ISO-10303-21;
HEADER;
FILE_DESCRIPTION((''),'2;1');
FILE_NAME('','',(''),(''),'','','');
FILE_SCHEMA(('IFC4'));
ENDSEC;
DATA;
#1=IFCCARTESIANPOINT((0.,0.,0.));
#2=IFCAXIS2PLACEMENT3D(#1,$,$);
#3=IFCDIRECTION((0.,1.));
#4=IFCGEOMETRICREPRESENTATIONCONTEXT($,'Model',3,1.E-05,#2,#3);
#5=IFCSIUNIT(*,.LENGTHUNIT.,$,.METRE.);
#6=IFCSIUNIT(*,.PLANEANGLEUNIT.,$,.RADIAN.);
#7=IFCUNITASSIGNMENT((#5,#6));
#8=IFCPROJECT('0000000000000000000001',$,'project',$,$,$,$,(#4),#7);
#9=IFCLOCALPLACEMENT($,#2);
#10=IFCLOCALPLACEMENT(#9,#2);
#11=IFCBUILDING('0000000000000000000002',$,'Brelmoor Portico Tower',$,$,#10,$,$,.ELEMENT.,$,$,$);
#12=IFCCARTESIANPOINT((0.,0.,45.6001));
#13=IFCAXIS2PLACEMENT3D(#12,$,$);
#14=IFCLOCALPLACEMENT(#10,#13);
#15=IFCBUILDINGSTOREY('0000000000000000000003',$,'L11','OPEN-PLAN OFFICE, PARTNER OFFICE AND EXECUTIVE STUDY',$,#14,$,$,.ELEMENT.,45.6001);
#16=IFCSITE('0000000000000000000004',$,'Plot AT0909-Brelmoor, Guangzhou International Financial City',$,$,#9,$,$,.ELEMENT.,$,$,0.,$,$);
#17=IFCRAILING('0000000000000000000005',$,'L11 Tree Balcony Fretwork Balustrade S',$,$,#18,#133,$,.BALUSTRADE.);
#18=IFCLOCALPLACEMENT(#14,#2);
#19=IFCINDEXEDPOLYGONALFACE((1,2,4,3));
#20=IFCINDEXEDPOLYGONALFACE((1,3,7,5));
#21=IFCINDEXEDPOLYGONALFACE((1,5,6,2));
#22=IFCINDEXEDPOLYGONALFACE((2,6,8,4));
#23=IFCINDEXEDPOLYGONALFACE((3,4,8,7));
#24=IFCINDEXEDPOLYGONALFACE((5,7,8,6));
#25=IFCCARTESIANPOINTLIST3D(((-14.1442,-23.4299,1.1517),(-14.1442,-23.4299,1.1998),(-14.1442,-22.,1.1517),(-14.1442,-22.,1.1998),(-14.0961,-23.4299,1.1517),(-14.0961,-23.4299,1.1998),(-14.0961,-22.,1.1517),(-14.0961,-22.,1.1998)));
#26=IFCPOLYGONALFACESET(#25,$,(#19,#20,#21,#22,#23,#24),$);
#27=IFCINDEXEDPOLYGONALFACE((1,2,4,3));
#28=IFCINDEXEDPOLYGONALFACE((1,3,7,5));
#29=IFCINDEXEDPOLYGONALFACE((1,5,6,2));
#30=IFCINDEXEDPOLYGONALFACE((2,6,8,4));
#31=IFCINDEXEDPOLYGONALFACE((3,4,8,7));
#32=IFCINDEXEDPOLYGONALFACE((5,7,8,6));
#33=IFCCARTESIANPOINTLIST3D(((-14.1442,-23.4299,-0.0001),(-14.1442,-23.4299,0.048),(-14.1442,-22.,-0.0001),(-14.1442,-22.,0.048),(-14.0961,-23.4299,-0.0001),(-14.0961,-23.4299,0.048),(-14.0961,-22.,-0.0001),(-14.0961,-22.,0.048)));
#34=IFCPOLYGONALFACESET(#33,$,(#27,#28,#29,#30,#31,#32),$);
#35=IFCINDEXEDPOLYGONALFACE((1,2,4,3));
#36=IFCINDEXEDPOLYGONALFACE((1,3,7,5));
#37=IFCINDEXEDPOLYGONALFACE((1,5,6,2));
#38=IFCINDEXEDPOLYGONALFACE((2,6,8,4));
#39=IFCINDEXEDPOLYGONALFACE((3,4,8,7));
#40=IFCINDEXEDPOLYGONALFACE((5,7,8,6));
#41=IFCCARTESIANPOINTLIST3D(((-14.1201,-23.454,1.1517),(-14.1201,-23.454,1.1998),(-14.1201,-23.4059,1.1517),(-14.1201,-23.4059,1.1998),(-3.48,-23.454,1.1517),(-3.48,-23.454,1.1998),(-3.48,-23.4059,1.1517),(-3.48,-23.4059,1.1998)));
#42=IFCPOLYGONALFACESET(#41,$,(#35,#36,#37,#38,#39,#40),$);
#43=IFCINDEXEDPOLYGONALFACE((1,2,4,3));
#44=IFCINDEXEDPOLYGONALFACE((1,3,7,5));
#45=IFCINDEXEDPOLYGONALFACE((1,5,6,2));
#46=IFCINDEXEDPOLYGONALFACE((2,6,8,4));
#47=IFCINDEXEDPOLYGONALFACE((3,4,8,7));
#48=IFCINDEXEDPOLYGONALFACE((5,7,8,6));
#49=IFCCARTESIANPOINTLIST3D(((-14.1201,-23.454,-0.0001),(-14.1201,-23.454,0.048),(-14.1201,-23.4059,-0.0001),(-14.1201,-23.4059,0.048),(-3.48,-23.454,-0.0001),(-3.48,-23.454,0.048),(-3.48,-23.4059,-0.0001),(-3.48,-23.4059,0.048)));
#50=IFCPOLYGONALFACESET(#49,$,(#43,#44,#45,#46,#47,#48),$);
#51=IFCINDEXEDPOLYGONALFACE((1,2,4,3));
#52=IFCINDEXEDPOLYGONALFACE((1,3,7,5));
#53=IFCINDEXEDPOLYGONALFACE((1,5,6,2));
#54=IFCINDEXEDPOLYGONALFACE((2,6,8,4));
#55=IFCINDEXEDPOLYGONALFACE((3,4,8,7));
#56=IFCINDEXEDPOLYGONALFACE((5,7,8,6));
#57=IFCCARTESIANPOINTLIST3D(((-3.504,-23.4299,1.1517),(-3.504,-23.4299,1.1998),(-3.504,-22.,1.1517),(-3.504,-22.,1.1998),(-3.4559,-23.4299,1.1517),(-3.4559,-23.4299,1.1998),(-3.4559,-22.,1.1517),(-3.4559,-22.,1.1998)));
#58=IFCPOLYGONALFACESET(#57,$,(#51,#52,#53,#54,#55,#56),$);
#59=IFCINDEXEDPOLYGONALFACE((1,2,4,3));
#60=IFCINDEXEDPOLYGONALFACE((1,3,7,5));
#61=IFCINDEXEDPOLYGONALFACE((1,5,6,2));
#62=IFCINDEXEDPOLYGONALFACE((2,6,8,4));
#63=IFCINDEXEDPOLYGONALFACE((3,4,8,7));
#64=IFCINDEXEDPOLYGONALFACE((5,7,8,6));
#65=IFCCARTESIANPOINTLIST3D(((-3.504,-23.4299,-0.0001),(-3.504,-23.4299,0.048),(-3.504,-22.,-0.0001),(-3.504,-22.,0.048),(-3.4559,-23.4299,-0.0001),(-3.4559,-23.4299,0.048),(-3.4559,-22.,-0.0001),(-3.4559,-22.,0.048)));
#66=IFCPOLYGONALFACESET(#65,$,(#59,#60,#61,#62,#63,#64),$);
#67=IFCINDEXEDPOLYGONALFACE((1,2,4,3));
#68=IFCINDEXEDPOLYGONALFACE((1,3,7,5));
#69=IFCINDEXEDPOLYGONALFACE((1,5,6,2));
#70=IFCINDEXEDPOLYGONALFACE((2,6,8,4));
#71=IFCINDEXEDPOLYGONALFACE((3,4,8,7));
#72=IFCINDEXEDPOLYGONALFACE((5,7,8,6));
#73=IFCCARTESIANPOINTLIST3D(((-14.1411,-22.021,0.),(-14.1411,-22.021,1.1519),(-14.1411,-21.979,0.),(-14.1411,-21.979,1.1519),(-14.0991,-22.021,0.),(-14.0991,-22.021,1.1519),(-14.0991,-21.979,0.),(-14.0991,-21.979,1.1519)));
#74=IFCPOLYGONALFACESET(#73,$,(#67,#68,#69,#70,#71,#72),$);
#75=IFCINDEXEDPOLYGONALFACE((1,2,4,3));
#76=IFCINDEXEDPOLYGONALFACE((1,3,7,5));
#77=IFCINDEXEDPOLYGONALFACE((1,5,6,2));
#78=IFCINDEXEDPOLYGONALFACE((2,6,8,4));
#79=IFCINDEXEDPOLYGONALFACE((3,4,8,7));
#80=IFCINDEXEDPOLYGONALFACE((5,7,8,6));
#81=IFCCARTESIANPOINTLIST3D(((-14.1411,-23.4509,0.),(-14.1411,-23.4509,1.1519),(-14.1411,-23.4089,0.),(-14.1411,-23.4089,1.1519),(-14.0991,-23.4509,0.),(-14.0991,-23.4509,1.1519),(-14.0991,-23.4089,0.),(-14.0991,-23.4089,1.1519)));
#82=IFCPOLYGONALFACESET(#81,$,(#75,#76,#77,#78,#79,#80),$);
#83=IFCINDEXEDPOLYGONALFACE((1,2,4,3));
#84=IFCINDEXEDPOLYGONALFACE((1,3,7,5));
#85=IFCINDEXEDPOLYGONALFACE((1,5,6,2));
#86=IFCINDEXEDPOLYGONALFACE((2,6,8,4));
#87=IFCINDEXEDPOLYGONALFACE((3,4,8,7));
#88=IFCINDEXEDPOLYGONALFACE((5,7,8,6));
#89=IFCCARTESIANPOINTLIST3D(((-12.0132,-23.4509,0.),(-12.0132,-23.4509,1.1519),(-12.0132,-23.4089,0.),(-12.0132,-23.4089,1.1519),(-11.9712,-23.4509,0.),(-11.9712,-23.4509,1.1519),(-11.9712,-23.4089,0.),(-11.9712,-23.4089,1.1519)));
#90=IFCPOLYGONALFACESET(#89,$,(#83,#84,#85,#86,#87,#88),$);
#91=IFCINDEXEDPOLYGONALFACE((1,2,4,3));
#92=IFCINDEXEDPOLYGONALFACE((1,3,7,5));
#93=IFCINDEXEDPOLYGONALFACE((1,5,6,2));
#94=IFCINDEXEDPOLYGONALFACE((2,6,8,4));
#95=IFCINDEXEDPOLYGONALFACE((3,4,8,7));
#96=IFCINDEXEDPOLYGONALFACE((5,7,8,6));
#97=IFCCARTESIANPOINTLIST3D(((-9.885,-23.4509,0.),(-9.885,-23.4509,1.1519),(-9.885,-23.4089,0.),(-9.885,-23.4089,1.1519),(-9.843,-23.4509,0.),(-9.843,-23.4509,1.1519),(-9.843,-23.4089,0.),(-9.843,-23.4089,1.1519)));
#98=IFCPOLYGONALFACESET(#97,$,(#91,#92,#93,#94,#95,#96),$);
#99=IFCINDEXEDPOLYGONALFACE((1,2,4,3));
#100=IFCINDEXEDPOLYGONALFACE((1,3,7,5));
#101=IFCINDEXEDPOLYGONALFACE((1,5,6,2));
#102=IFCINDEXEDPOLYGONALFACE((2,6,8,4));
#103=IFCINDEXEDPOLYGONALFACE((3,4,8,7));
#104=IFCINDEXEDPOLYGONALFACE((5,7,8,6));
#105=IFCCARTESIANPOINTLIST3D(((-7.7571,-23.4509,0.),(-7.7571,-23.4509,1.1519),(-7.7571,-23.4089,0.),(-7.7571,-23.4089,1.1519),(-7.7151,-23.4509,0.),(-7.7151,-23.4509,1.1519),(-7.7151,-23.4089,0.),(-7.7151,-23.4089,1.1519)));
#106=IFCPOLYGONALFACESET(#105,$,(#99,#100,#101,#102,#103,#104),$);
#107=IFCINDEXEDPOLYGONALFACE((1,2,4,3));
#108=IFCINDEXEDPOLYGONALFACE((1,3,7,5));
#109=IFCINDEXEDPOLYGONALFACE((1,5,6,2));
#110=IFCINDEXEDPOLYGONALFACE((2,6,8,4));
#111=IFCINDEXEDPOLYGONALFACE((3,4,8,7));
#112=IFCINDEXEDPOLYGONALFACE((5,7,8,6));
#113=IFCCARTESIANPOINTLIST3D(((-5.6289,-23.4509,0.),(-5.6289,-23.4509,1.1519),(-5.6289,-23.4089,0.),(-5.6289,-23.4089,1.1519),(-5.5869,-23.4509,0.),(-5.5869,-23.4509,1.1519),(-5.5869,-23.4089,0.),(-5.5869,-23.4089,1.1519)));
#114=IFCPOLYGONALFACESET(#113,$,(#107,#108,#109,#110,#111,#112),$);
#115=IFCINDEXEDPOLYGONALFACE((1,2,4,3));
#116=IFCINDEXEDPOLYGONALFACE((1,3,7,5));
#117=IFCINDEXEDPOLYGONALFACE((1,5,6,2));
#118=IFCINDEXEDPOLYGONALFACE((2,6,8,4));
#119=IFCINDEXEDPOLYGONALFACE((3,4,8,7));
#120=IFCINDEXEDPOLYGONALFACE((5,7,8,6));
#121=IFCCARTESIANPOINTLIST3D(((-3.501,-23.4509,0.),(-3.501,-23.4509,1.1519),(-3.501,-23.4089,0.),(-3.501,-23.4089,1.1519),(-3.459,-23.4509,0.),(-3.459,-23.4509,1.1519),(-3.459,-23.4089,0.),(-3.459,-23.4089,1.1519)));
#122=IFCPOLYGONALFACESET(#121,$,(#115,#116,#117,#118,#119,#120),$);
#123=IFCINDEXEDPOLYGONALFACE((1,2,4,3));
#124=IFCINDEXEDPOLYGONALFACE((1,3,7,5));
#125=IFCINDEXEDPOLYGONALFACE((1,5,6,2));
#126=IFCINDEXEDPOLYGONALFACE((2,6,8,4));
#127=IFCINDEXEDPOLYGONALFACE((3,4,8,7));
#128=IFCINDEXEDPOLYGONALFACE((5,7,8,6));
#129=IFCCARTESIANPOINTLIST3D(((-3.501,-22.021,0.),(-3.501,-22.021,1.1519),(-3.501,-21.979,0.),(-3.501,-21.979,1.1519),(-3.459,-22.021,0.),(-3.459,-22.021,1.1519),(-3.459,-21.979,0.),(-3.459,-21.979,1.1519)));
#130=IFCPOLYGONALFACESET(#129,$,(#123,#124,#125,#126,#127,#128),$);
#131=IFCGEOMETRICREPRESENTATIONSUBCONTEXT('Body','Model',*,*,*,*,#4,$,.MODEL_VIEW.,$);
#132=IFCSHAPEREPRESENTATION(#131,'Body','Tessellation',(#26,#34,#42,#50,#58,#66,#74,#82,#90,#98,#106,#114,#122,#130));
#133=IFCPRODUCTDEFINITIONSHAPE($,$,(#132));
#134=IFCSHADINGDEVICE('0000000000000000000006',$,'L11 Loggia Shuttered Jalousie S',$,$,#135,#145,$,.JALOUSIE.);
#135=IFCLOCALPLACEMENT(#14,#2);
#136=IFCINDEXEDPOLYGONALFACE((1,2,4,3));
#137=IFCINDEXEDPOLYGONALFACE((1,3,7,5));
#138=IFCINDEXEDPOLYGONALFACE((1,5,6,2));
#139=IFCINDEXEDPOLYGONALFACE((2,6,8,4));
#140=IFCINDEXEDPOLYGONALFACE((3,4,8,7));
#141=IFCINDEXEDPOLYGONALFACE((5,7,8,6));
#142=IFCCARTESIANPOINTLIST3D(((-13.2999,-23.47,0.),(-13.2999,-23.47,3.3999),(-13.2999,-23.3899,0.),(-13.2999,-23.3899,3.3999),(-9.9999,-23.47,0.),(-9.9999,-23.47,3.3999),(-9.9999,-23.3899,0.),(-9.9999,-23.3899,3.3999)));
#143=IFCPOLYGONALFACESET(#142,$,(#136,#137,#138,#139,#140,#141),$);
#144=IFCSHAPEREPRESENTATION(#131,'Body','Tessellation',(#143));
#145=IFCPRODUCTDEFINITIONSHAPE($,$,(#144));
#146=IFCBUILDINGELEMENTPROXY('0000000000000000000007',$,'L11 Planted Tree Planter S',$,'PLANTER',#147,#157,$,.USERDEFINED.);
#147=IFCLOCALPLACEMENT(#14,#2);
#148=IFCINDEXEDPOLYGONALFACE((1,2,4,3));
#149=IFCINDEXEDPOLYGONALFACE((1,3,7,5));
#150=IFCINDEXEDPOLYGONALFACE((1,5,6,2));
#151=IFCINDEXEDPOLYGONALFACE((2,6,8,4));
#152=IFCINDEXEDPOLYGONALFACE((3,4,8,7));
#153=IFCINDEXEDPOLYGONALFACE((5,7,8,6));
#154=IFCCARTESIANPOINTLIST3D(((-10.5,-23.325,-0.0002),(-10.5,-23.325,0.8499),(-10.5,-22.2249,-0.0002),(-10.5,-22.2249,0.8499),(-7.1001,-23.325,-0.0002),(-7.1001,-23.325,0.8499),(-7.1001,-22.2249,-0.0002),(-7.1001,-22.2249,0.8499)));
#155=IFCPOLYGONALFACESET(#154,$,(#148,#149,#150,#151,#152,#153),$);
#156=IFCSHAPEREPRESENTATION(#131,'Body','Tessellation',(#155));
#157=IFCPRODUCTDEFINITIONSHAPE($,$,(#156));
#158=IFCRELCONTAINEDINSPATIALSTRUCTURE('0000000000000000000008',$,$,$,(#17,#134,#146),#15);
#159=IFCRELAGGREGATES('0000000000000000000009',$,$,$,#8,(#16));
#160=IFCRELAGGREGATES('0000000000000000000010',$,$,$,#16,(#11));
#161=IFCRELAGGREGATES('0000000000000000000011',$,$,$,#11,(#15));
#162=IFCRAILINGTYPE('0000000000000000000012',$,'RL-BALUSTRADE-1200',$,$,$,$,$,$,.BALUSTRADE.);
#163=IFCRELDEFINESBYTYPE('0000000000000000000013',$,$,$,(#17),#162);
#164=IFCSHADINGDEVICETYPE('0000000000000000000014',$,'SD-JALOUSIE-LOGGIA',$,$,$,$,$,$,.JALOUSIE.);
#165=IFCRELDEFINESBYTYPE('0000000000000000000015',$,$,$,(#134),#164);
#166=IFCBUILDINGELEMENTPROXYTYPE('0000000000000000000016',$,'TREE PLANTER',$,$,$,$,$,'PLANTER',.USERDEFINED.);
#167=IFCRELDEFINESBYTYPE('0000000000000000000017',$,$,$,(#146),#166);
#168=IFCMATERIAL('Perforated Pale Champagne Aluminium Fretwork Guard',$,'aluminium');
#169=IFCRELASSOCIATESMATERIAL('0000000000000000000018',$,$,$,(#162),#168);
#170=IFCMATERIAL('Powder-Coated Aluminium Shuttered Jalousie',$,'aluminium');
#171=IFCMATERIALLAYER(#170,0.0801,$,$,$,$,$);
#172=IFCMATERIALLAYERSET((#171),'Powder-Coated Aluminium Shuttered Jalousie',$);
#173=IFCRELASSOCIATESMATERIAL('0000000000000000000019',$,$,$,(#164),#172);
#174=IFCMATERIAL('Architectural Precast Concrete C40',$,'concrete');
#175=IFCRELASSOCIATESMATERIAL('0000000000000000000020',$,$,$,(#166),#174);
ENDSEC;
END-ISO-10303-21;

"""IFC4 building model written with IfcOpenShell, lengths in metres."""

from ifc_helpers import new_model, si_unit, direction, frame, origin, origin_2d, place, context, subcontext, project, spatial, rectangle, extrude, material, layer, layer_set, type_object, element, save


model = new_model("IFC4")

# Units and contexts
model_context = context("Model", 3, precision=1e-05, world=origin(), true_north=direction((0.0, 1.0)))
body_context = subcontext(model_context, "Body", "Model", "MODEL_VIEW")
ifc_project = project(units=[si_unit("LENGTHUNIT", "METRE"), si_unit("PLANEANGLEUNIT", "RADIAN")], contexts=[model_context])

# Site, building, storey
site_placement = place(None, origin())
site = spatial("IfcSite", under=ifc_project, at=site_placement, Name="Plot AT0909-Brelmoor, Guangzhou International Financial City", CompositionType="ELEMENT", RefElevation=0.0)
building_placement = place(site_placement, origin())
building = spatial("IfcBuilding", under=site, at=building_placement, Name="Brelmoor Portico Tower", CompositionType="ELEMENT")
storey_placement = place(building_placement, frame((0.0, 0.0, 45.6001)))
storey = spatial("IfcBuildingStorey", under=building, at=storey_placement, Name="L11", Description="OPEN-PLAN OFFICE, PARTNER OFFICE AND EXECUTIVE STUDY", CompositionType="ELEMENT", Elevation=45.6001)

# Railing
ifc_material_1 = material(Name="Perforated Pale Champagne Aluminium Fretwork Guard", Category="aluminium")
railing_type = type_object("IfcRailingType", Name="RL-BALUSTRADE-1200", PredefinedType="BALUSTRADE", material=ifc_material_1)
railing_placement = place(storey_placement, frame((-14.1201, -22.0, 0.0)))
element("IfcRailing", 1, at=railing_placement, inside=storey, type_object=railing_type, Name="L11 Tree Balcony Fretwork Balustrade S", PredefinedType="BALUSTRADE", context=body_context, shape_type="SweptSolid", body=[
    extrude(rectangle(XDim=0.0481, YDim=0.0481, at=origin_2d()), frame((0.0, 0.0, 1.1758), z_axis=(0.0, -1.0, 0.0), x_axis=(1.0, 0.0, 0.0)), (0.0, 0.0, 1.0), 1.4299),
    extrude(rectangle(XDim=0.0481, YDim=0.0481, at=origin_2d()), frame((0.0, 0.0, 0.0239), z_axis=(0.0, -1.0, 0.0), x_axis=(1.0, 0.0, 0.0)), (0.0, 0.0, 1.0), 1.4299),
    extrude(rectangle(XDim=0.0481, YDim=0.0481, at=origin_2d()), frame((0.0, -1.4299, 1.1758), z_axis=(1.0, 0.0, 0.0), x_axis=(0.0, 1.0, 0.0)), (0.0, 0.0, 1.0), 10.6401),
    extrude(rectangle(XDim=0.0481, YDim=0.0481, at=origin_2d()), frame((0.0, -1.4299, 0.0239), z_axis=(1.0, 0.0, 0.0), x_axis=(0.0, 1.0, 0.0)), (0.0, 0.0, 1.0), 10.6401),
    extrude(rectangle(XDim=0.0481, YDim=0.0481, at=origin_2d()), frame((10.6401, -1.4299, 1.1758), z_axis=(0.0, 1.0, 0.0), x_axis=(-1.0, 0.0, 0.0)), (0.0, 0.0, 1.0), 1.4299),
    extrude(rectangle(XDim=0.0481, YDim=0.0481, at=origin_2d()), frame((10.6401, -1.4299, 0.0239), z_axis=(0.0, 1.0, 0.0), x_axis=(-1.0, 0.0, 0.0)), (0.0, 0.0, 1.0), 1.4299),
    extrude(rectangle(XDim=0.042, YDim=0.042, at=origin_2d()), origin(), (0.0, 0.0, 1.0), 1.1519),
    extrude(rectangle(XDim=0.042, YDim=0.042, at=origin_2d()), frame((0.0, -1.4299, 0.0)), (0.0, 0.0, 1.0), 1.1519),
    extrude(rectangle(XDim=0.042, YDim=0.042, at=origin_2d()), frame((2.1279, -1.4299, 0.0)), (0.0, 0.0, 1.0), 1.1519),
    extrude(rectangle(XDim=0.042, YDim=0.042, at=origin_2d()), frame((4.2561, -1.4299, 0.0)), (0.0, 0.0, 1.0), 1.1519),
    extrude(rectangle(XDim=0.042, YDim=0.042, at=origin_2d()), frame((6.384, -1.4299, 0.0)), (0.0, 0.0, 1.0), 1.1519),
    extrude(rectangle(XDim=0.042, YDim=0.042, at=origin_2d()), frame((8.5122, -1.4299, 0.0)), (0.0, 0.0, 1.0), 1.1519),
    extrude(rectangle(XDim=0.042, YDim=0.042, at=origin_2d()), frame((10.6401, -1.4299, 0.0)), (0.0, 0.0, 1.0), 1.1519),
    extrude(rectangle(XDim=0.042, YDim=0.042, at=origin_2d()), frame((10.6401, 0.0, 0.0)), (0.0, 0.0, 1.0), 1.1519),
])

# Shading device
ifc_material_2 = material(Name="Powder-Coated Aluminium Shuttered Jalousie", Category="aluminium")
ifc_layer_1 = layer(ifc_material_2, 0.0801)
ifc_layer_set_1 = layer_set([ifc_layer_1], Name="Powder-Coated Aluminium Shuttered Jalousie")
shading_device_type = type_object("IfcShadingDeviceType", Name="SD-JALOUSIE-LOGGIA", PredefinedType="JALOUSIE", material=ifc_layer_set_1)
shading_device_placement = place(storey_placement, frame((-11.6499, -23.4299, 0.0), z_axis=(0.0, 0.0, 1.0), x_axis=(1.0, 0.0, 0.0)))
element("IfcShadingDevice", 2, at=shading_device_placement, inside=storey, type_object=shading_device_type, Name="L11 Loggia Shuttered Jalousie S", PredefinedType="JALOUSIE", context=body_context, shape_type="SweptSolid", body=[
    extrude(rectangle(XDim=3.3, YDim=0.0801, at=origin_2d()), origin(), (0.0, 0.0, 1.0), 3.3999),
])

# Building element proxy
ifc_material_3 = material(Name="Architectural Precast Concrete C40", Category="concrete")
building_element_proxy_type = type_object("IfcBuildingElementProxyType", Name="TREE PLANTER", ElementType="PLANTER", PredefinedType="USERDEFINED", material=ifc_material_3)
proxy_placement = place(storey_placement, frame((-8.8, -22.7749, -0.0002), z_axis=(0.0, 0.0, 1.0), x_axis=(1.0, 0.0, 0.0)))
element("IfcBuildingElementProxy", 3, at=proxy_placement, inside=storey, type_object=building_element_proxy_type, Name="L11 Planted Tree Planter S", ObjectType="PLANTER", PredefinedType="USERDEFINED", context=body_context, shape_type="SweptSolid", body=[
    extrude(rectangle(XDim=3.3999, YDim=1.1001, at=origin_2d()), origin(), (0.0, 0.0, 1.0), 0.8501),
])

save(model, "model.ifc")
